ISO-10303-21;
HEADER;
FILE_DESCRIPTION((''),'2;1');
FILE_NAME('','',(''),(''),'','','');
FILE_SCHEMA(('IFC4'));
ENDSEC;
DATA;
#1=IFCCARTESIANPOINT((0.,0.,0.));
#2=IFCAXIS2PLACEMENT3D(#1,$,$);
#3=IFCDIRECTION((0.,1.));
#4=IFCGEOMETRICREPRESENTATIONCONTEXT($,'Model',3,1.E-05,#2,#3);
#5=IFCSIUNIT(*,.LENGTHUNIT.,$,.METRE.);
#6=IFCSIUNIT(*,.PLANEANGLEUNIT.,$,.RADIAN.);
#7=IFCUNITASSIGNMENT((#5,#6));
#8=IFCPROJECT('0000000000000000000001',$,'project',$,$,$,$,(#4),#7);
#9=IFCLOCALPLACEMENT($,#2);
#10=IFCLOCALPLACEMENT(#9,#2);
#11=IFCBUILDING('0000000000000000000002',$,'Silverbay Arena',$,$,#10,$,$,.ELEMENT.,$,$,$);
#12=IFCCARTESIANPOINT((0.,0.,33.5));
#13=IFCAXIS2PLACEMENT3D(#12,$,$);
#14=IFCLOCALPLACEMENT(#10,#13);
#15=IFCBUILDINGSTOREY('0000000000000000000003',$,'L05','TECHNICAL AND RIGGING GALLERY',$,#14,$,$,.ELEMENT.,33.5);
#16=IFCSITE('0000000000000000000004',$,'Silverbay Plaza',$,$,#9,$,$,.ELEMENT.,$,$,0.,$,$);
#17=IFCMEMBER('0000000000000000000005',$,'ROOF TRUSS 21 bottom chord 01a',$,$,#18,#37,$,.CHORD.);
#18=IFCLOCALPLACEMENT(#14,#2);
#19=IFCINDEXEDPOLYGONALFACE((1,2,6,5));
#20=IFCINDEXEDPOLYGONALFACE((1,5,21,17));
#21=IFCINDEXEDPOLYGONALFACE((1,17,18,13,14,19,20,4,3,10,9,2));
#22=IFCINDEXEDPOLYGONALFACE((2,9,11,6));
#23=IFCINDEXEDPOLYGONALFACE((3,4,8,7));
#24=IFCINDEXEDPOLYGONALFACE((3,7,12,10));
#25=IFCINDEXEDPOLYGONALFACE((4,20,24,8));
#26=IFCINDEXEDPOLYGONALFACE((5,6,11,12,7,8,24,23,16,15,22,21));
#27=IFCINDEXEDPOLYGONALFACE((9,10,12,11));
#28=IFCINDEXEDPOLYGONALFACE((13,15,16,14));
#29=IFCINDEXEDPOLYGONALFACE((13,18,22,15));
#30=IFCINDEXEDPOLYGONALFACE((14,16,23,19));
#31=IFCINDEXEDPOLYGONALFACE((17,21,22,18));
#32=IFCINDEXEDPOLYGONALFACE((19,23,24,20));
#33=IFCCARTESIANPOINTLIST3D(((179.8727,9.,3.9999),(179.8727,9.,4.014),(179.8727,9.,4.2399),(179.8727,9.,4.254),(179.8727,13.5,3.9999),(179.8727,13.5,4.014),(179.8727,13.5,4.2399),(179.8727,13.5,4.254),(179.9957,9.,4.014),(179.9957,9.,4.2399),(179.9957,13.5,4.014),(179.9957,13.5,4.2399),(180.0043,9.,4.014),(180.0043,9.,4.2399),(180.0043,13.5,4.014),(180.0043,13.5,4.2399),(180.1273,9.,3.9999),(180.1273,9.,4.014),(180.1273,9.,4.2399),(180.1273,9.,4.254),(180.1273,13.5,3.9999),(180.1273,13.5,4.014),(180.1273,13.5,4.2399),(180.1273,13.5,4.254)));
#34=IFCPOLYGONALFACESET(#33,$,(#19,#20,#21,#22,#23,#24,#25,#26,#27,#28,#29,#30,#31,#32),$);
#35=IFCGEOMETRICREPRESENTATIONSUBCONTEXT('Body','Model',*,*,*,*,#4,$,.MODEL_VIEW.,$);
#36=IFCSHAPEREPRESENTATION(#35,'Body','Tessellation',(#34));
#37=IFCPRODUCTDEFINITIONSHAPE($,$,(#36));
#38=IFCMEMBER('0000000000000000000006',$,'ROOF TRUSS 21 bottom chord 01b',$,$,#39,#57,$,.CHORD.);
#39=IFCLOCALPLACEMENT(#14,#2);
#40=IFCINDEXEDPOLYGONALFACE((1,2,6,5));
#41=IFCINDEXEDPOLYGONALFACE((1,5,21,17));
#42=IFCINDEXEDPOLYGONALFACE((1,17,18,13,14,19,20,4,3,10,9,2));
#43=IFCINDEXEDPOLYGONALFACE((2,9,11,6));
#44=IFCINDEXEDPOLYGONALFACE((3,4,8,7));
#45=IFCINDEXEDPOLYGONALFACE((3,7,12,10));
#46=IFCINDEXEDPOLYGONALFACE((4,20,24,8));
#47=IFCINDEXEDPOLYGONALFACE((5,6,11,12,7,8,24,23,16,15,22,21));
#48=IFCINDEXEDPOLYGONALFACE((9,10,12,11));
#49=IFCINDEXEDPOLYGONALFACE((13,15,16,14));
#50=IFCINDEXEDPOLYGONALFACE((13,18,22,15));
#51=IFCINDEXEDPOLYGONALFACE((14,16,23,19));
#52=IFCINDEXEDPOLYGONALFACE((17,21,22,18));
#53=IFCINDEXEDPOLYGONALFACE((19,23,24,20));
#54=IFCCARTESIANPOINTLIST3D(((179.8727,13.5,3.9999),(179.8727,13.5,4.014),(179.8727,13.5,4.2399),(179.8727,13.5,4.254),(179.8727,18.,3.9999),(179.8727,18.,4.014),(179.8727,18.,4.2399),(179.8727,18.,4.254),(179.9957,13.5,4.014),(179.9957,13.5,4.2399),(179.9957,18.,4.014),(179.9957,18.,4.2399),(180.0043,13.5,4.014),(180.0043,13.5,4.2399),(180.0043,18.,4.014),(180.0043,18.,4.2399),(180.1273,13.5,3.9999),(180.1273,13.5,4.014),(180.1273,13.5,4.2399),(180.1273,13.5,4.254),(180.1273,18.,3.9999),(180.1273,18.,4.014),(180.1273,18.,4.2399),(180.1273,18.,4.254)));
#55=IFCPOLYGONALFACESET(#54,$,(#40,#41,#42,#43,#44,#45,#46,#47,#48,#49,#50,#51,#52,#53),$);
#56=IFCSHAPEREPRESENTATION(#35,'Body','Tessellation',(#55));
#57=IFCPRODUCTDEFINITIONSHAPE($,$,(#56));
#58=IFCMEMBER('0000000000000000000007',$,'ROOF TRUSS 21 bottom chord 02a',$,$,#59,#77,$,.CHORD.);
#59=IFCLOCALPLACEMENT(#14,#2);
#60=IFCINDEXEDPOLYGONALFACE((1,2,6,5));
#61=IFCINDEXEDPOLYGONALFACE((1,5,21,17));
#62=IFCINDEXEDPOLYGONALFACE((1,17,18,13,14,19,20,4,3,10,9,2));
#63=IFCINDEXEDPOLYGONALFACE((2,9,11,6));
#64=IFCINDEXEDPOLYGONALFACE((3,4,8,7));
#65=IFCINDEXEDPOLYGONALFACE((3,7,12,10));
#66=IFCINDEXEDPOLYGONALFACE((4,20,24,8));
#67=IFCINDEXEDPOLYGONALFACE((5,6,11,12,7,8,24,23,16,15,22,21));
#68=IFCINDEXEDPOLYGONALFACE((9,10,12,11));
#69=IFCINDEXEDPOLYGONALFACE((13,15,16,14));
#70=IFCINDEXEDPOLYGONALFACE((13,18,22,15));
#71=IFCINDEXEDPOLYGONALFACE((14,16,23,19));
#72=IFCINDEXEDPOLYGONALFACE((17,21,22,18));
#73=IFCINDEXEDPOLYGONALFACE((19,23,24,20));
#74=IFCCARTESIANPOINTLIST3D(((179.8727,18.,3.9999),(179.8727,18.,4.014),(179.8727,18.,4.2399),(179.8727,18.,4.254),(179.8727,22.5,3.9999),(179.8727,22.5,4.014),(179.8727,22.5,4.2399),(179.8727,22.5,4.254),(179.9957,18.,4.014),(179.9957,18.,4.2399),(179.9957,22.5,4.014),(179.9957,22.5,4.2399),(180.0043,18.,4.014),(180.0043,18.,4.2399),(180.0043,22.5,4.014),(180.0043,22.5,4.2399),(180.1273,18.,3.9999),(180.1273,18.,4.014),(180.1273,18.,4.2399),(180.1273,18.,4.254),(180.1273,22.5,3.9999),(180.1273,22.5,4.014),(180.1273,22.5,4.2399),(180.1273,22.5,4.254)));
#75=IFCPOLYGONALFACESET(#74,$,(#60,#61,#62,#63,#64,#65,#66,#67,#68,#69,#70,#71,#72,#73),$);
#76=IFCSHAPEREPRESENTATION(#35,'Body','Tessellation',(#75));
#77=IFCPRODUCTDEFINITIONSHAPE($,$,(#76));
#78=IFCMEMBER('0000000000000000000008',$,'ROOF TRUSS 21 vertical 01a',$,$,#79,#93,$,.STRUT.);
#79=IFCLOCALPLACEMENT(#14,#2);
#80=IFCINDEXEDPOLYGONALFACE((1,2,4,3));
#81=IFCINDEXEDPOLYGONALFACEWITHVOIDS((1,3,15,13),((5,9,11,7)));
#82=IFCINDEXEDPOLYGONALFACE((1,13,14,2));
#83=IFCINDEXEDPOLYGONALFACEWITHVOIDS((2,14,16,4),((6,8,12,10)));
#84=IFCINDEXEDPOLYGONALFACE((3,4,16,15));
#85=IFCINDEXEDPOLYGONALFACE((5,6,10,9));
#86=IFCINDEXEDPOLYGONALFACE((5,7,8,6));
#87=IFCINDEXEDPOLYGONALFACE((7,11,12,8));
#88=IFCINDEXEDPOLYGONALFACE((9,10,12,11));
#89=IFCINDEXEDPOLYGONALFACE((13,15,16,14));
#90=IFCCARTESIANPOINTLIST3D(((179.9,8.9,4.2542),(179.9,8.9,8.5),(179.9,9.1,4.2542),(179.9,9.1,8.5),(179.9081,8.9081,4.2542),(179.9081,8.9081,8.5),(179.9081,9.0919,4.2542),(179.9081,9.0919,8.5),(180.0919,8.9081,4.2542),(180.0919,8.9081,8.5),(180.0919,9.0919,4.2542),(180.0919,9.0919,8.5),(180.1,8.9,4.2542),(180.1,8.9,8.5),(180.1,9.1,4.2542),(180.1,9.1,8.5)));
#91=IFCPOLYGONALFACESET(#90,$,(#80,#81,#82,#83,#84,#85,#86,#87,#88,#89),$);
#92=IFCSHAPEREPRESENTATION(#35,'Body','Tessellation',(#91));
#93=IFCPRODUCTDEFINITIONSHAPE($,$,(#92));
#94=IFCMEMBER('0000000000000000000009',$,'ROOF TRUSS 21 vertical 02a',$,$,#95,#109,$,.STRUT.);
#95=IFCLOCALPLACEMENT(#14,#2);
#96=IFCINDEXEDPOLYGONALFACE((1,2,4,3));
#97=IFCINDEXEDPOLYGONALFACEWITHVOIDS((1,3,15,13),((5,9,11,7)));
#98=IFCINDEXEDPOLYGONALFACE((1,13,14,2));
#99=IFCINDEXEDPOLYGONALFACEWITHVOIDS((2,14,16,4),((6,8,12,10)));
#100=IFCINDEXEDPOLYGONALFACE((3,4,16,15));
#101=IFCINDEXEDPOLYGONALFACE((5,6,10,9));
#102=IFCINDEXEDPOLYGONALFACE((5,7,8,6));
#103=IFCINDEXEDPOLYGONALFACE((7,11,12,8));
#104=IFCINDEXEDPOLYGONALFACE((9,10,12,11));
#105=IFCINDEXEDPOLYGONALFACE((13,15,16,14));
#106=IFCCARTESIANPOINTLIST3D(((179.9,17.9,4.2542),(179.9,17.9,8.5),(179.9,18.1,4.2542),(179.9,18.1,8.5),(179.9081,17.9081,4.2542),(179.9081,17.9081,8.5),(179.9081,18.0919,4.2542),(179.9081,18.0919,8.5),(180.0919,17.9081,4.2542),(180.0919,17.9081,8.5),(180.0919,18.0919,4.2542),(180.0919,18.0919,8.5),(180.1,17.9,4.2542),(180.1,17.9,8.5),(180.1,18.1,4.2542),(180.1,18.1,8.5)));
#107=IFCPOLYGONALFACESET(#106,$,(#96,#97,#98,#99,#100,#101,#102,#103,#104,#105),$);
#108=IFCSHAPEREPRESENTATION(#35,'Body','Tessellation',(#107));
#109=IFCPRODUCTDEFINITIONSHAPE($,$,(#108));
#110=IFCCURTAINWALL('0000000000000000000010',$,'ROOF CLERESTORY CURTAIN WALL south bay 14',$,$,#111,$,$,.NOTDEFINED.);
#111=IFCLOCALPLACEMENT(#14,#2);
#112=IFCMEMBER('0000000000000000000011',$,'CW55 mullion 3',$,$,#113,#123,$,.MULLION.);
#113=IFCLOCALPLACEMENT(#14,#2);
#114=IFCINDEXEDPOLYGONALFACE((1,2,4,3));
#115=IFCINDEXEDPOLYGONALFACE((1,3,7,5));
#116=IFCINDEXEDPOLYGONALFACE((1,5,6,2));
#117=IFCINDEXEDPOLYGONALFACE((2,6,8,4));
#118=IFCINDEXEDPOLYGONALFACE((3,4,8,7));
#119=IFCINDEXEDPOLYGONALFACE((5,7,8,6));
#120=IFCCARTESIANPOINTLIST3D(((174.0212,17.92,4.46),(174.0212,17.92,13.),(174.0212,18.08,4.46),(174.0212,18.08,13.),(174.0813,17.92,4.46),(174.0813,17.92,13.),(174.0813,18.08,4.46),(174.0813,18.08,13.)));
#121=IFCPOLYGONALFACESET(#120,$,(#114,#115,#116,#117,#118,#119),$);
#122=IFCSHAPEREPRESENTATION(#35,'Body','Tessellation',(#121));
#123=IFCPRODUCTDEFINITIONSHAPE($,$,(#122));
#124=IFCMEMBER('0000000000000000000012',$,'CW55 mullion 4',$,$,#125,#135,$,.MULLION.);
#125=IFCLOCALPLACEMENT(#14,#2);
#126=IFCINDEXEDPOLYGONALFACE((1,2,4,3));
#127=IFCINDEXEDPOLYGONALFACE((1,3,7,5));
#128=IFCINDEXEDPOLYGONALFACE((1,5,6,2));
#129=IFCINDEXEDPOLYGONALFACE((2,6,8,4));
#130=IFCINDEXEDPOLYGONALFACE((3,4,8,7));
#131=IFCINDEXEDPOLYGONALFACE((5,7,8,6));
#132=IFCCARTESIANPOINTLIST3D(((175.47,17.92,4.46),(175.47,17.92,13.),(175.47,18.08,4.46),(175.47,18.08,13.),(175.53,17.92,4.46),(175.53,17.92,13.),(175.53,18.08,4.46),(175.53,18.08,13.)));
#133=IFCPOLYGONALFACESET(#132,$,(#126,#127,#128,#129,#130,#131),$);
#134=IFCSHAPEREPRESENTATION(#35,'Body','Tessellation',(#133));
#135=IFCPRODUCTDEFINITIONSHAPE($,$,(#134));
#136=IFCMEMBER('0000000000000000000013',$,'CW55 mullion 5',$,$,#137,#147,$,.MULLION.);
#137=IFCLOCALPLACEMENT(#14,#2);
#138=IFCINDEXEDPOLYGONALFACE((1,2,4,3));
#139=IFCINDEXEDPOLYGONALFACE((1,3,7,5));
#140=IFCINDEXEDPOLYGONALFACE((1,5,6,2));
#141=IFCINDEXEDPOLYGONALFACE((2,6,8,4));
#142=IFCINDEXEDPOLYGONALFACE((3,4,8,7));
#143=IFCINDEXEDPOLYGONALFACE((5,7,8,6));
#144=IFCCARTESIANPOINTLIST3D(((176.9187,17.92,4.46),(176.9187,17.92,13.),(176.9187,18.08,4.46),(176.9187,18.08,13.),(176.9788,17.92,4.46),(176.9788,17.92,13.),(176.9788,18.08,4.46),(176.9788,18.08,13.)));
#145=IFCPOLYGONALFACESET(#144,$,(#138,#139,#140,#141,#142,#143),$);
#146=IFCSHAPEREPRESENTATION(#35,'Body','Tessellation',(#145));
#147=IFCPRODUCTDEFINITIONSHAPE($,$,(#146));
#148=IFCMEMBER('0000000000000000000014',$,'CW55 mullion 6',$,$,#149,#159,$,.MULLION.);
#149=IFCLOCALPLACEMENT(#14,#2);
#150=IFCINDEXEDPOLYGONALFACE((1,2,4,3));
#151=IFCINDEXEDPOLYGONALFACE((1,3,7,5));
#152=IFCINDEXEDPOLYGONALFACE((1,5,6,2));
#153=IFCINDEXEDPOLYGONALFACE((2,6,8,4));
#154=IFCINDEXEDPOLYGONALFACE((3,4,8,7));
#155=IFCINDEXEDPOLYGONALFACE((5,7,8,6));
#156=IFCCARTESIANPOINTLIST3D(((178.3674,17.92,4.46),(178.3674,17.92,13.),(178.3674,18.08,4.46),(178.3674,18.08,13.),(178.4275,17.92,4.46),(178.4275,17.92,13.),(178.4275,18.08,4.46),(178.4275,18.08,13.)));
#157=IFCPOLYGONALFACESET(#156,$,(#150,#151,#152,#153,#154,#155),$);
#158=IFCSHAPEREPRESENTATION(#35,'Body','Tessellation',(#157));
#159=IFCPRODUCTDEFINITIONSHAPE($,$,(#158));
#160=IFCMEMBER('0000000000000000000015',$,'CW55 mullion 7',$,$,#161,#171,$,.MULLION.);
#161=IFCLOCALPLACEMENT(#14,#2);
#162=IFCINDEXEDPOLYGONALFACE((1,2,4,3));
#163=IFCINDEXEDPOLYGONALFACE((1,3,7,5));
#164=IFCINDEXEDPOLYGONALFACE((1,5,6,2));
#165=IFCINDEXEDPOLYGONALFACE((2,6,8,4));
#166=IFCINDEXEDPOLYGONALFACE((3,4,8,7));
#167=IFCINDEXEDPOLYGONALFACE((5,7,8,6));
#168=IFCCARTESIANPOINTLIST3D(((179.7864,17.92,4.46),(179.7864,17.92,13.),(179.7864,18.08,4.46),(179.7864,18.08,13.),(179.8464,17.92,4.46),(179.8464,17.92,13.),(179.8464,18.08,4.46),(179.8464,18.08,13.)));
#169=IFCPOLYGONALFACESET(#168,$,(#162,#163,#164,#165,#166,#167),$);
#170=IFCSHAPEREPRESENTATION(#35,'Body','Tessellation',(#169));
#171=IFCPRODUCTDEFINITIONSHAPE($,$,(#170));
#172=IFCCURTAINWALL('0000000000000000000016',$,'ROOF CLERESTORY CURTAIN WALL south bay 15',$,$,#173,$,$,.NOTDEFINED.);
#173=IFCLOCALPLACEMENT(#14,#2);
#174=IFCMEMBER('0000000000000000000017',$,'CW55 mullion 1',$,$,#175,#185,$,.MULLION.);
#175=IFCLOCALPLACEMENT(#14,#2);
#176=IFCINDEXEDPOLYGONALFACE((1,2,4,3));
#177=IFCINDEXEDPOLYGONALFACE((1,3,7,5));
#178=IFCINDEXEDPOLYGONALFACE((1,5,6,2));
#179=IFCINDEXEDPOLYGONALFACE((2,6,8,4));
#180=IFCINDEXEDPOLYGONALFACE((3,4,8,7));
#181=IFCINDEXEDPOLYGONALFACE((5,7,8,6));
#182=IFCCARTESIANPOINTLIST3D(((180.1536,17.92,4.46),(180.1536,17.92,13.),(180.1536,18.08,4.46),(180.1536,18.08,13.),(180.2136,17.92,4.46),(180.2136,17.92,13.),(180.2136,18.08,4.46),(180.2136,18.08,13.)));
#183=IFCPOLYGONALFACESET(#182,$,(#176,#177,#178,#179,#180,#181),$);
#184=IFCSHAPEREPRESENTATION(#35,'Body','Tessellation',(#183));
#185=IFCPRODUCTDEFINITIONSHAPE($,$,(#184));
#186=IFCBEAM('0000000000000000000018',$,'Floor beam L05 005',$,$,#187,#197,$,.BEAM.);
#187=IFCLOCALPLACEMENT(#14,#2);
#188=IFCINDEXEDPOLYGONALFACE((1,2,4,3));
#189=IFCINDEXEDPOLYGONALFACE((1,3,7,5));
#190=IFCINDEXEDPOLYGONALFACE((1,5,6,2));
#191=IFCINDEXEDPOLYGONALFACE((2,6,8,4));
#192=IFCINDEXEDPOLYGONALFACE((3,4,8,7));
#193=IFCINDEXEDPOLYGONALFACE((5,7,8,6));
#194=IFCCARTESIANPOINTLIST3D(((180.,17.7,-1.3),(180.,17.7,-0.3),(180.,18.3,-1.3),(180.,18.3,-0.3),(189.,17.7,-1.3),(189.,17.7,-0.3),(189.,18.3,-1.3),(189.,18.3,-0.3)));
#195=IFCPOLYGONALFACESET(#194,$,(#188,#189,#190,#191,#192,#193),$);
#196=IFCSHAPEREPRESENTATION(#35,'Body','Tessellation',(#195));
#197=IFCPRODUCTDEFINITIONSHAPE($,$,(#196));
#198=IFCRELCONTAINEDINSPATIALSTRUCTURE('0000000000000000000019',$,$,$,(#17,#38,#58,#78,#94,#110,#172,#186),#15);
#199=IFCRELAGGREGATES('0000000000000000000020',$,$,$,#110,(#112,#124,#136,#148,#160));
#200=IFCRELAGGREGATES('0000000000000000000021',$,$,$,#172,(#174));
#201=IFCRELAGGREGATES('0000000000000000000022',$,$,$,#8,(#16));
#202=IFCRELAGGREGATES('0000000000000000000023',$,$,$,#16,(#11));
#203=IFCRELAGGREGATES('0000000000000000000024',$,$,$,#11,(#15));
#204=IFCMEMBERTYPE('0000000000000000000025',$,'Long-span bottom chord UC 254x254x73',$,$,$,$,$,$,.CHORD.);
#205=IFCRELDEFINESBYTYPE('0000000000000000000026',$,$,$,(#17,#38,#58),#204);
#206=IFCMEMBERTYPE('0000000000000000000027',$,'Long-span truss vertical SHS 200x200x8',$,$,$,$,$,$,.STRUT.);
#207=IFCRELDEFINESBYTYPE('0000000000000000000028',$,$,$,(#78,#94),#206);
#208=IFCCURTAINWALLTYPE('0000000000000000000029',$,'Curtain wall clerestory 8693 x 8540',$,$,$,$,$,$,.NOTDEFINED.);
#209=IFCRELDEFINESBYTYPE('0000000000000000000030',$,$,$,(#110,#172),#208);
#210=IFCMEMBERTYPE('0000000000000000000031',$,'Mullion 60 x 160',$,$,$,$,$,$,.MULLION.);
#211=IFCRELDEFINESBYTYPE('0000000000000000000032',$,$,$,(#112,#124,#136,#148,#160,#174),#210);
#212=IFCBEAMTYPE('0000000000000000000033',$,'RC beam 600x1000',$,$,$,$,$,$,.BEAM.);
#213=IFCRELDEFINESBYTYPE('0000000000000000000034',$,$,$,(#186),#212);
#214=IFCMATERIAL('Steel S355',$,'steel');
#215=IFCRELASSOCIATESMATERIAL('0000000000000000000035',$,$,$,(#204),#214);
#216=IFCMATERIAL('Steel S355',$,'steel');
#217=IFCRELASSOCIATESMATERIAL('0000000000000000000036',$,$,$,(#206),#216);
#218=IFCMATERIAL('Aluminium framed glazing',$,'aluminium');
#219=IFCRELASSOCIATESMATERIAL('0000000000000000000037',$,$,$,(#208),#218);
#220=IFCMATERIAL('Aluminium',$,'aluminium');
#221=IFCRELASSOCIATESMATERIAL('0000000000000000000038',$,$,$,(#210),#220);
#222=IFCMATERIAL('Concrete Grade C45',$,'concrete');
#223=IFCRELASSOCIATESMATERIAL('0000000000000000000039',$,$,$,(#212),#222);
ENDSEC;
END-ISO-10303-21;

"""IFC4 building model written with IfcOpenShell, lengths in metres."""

from ifc_helpers import new_model, si_unit, direction, frame, origin, origin_2d, place, context, subcontext, project, spatial, rectangle, hollow_rectangle, i_section, extrude, material, material_profile, profile_set, type_object, element, aggregate, save


model = new_model("IFC4")

# Units and contexts
model_context = context("Model", 3, precision=1e-05, world=origin(), true_north=direction((0.0, 1.0)))
body_context = subcontext(model_context, "Body", "Model", "MODEL_VIEW")
ifc_project = project(units=[si_unit("LENGTHUNIT", "METRE"), si_unit("PLANEANGLEUNIT", "RADIAN")], contexts=[model_context])

# Site, building, storey
site_placement = place(None, origin())
site = spatial("IfcSite", under=ifc_project, at=site_placement, Name="Silverbay Plaza", CompositionType="ELEMENT", RefElevation=0.0)
building_placement = place(site_placement, origin())
building = spatial("IfcBuilding", under=site, at=building_placement, Name="Silverbay Arena", CompositionType="ELEMENT")
storey_placement = place(building_placement, frame((0.0, 0.0, 33.5)))
storey = spatial("IfcBuildingStorey", under=building, at=storey_placement, Name="L05", Description="TECHNICAL AND RIGGING GALLERY", CompositionType="ELEMENT", Elevation=33.5)

# Members
ifc_material_1 = material(Name="Steel S355", Category="steel")
ifc_material_profile_1 = material_profile(ifc_material_1, i_section(OverallWidth=0.2546, OverallDepth=0.2542, WebThickness=0.0085, FlangeThickness=0.0142, at=origin_2d()), Name="UC 254x254x73")
ifc_profile_set_1 = profile_set([ifc_material_profile_1], Name="Steel S355")
member_type_1 = type_object("IfcMemberType", Name="Long-span bottom chord UC 254x254x73", PredefinedType="CHORD", material=ifc_profile_set_1)
for number, where, z_axis, x_axis, name in (
    (1, (180.0, 9.0, 4.127), (0.0, 1.0, 0.0), (-1.0, 0.0, 0.0), "ROOF TRUSS 21 bottom chord 01a"),
    (2, (180.0, 13.5, 4.127), (0.0, 1.0, 0.0), (-1.0, 0.0, 0.0), "ROOF TRUSS 21 bottom chord 01b"),
    (3, (180.0, 18.0, 4.127), (0.0, 1.0, 0.0), (-1.0, 0.0, 0.0), "ROOF TRUSS 21 bottom chord 02a"),
):
    element("IfcMember", number, at=place(storey_placement, frame(where, z_axis=z_axis, x_axis=x_axis)), inside=storey, type_object=member_type_1, Name=name, PredefinedType="CHORD", context=body_context, shape_type="SweptSolid", body=[
        extrude(i_section(OverallWidth=0.2546, OverallDepth=0.2542, WebThickness=0.0085, FlangeThickness=0.0142, at=origin_2d()), origin(), (0.0, 0.0, 1.0), 4.5),
    ])
ifc_material_2 = material(Name="Steel S355", Category="steel")
ifc_material_profile_2 = material_profile(ifc_material_2, hollow_rectangle(XDim=0.2, YDim=0.2, WallThickness=0.0081, at=origin_2d()), Name="SHS 200x200x8")
ifc_profile_set_2 = profile_set([ifc_material_profile_2], Name="Steel S355")
member_type_2 = type_object("IfcMemberType", Name="Long-span truss vertical SHS 200x200x8", PredefinedType="STRUT", material=ifc_profile_set_2)
for number, where, z_axis, x_axis, name in (
    (4, (180.0, 9.0, 4.2542), (0.0, 0.0, 1.0), (1.0, 0.0, 0.0), "ROOF TRUSS 21 vertical 01a"),
    (5, (180.0, 18.0, 4.2542), (0.0, 0.0, 1.0), (1.0, 0.0, 0.0), "ROOF TRUSS 21 vertical 02a"),
):
    element("IfcMember", number, at=place(storey_placement, frame(where, z_axis=z_axis, x_axis=x_axis)), inside=storey, type_object=member_type_2, Name=name, PredefinedType="STRUT", context=body_context, shape_type="SweptSolid", body=[
        extrude(hollow_rectangle(XDim=0.2, YDim=0.2, WallThickness=0.0081, at=origin_2d()), origin(), (0.0, 0.0, 1.0), 4.2458),
    ])

# Curtain wall, members
ifc_material_3 = material(Name="Aluminium framed glazing", Category="aluminium")
curtain_wall_type = type_object("IfcCurtainWallType", Name="Curtain wall clerestory 8693 x 8540", PredefinedType="NOTDEFINED", material=ifc_material_3)
curtain_wall_1_placement = place(storey_placement, origin())
curtain_wall_1 = element("IfcCurtainWall", 6, at=curtain_wall_1_placement, inside=storey, type_object=curtain_wall_type, Name="ROOF CLERESTORY CURTAIN WALL south bay 14", PredefinedType="NOTDEFINED")
ifc_material_4 = material(Name="Aluminium", Category="aluminium")
ifc_material_profile_3 = material_profile(ifc_material_4, rectangle(XDim=0.1599, YDim=0.0601, at=origin_2d()), Name="Mullion 60 x 160")
ifc_profile_set_3 = profile_set([ifc_material_profile_3], Name="Aluminium")
member_type_3 = type_object("IfcMemberType", Name="Mullion 60 x 160", PredefinedType="MULLION", material=ifc_profile_set_3)
member_1_placement = place(storey_placement, frame((174.0513, 18.0, 4.46), z_axis=(0.0, 0.0, 1.0), x_axis=(0.0, 1.0, 0.0)))
member_1 = element("IfcMember", 7, at=member_1_placement, type_object=member_type_3, Name="CW55 mullion 3", PredefinedType="MULLION", context=body_context, shape_type="SweptSolid", body=[
    extrude(rectangle(XDim=0.1599, YDim=0.0601, at=origin_2d()), origin(), (0.0, 0.0, 1.0), 8.54),
])
member_2_placement = place(storey_placement, frame((175.5, 18.0, 4.46), z_axis=(0.0, 0.0, 1.0), x_axis=(0.0, 1.0, 0.0)))
member_2 = element("IfcMember", 8, at=member_2_placement, type_object=member_type_3, Name="CW55 mullion 4", PredefinedType="MULLION", context=body_context, shape_type="SweptSolid", body=[
    extrude(rectangle(XDim=0.1599, YDim=0.0601, at=origin_2d()), origin(), (0.0, 0.0, 1.0), 8.54),
])
member_3_placement = place(storey_placement, frame((176.9487, 18.0, 4.46), z_axis=(0.0, 0.0, 1.0), x_axis=(0.0, 1.0, 0.0)))
member_3 = element("IfcMember", 9, at=member_3_placement, type_object=member_type_3, Name="CW55 mullion 5", PredefinedType="MULLION", context=body_context, shape_type="SweptSolid", body=[
    extrude(rectangle(XDim=0.1599, YDim=0.0601, at=origin_2d()), origin(), (0.0, 0.0, 1.0), 8.54),
])
member_4_placement = place(storey_placement, frame((178.3975, 18.0, 4.46), z_axis=(0.0, 0.0, 1.0), x_axis=(0.0, 1.0, 0.0)))
member_4 = element("IfcMember", 10, at=member_4_placement, type_object=member_type_3, Name="CW55 mullion 6", PredefinedType="MULLION", context=body_context, shape_type="SweptSolid", body=[
    extrude(rectangle(XDim=0.1599, YDim=0.0601, at=origin_2d()), origin(), (0.0, 0.0, 1.0), 8.54),
])
member_5_placement = place(storey_placement, frame((179.8164, 18.0, 4.46), z_axis=(0.0, 0.0, 1.0), x_axis=(0.0, 1.0, 0.0)))
member_5 = element("IfcMember", 11, at=member_5_placement, type_object=member_type_3, Name="CW55 mullion 7", PredefinedType="MULLION", context=body_context, shape_type="SweptSolid", body=[
    extrude(rectangle(XDim=0.1599, YDim=0.0601, at=origin_2d()), origin(), (0.0, 0.0, 1.0), 8.54),
])

# Curtain wall, member
curtain_wall_2_placement = place(storey_placement, origin())
curtain_wall_2 = element("IfcCurtainWall", 12, at=curtain_wall_2_placement, inside=storey, type_object=curtain_wall_type, Name="ROOF CLERESTORY CURTAIN WALL south bay 15", PredefinedType="NOTDEFINED")
member_6_placement = place(storey_placement, frame((180.1836, 18.0, 4.46), z_axis=(0.0, 0.0, 1.0), x_axis=(0.0, 1.0, 0.0)))
member_6 = element("IfcMember", 13, at=member_6_placement, type_object=member_type_3, Name="CW55 mullion 1", PredefinedType="MULLION", context=body_context, shape_type="SweptSolid", body=[
    extrude(rectangle(XDim=0.1599, YDim=0.0601, at=origin_2d()), origin(), (0.0, 0.0, 1.0), 8.54),
])

# Beam
ifc_material_5 = material(Name="Concrete Grade C45", Category="concrete")
ifc_material_profile_4 = material_profile(ifc_material_5, rectangle(XDim=0.6001, YDim=1.0, at=origin_2d()), Name="RC 600x1000")
ifc_profile_set_4 = profile_set([ifc_material_profile_4], Name="Concrete Grade C45")
beam_type_1 = type_object("IfcBeamType", Name="RC beam 600x1000", PredefinedType="BEAM", material=ifc_profile_set_4)
beam_1_placement = place(storey_placement, frame((180.0, 18.0, -0.8), z_axis=(1.0, 0.0, 0.0), x_axis=(0.0, 1.0, 0.0)))
element("IfcBeam", 14, at=beam_1_placement, inside=storey, type_object=beam_type_1, Name="Floor beam L05 005", PredefinedType="BEAM", context=body_context, shape_type="SweptSolid", body=[
    extrude(rectangle(XDim=0.6001, YDim=1.0, at=origin_2d()), origin(), (0.0, 0.0, 1.0), 9.0),
])

aggregate(curtain_wall_1, [member_1, member_2, member_3, member_4, member_5])
aggregate(curtain_wall_2, [member_6])

save(model, "model.ifc")
